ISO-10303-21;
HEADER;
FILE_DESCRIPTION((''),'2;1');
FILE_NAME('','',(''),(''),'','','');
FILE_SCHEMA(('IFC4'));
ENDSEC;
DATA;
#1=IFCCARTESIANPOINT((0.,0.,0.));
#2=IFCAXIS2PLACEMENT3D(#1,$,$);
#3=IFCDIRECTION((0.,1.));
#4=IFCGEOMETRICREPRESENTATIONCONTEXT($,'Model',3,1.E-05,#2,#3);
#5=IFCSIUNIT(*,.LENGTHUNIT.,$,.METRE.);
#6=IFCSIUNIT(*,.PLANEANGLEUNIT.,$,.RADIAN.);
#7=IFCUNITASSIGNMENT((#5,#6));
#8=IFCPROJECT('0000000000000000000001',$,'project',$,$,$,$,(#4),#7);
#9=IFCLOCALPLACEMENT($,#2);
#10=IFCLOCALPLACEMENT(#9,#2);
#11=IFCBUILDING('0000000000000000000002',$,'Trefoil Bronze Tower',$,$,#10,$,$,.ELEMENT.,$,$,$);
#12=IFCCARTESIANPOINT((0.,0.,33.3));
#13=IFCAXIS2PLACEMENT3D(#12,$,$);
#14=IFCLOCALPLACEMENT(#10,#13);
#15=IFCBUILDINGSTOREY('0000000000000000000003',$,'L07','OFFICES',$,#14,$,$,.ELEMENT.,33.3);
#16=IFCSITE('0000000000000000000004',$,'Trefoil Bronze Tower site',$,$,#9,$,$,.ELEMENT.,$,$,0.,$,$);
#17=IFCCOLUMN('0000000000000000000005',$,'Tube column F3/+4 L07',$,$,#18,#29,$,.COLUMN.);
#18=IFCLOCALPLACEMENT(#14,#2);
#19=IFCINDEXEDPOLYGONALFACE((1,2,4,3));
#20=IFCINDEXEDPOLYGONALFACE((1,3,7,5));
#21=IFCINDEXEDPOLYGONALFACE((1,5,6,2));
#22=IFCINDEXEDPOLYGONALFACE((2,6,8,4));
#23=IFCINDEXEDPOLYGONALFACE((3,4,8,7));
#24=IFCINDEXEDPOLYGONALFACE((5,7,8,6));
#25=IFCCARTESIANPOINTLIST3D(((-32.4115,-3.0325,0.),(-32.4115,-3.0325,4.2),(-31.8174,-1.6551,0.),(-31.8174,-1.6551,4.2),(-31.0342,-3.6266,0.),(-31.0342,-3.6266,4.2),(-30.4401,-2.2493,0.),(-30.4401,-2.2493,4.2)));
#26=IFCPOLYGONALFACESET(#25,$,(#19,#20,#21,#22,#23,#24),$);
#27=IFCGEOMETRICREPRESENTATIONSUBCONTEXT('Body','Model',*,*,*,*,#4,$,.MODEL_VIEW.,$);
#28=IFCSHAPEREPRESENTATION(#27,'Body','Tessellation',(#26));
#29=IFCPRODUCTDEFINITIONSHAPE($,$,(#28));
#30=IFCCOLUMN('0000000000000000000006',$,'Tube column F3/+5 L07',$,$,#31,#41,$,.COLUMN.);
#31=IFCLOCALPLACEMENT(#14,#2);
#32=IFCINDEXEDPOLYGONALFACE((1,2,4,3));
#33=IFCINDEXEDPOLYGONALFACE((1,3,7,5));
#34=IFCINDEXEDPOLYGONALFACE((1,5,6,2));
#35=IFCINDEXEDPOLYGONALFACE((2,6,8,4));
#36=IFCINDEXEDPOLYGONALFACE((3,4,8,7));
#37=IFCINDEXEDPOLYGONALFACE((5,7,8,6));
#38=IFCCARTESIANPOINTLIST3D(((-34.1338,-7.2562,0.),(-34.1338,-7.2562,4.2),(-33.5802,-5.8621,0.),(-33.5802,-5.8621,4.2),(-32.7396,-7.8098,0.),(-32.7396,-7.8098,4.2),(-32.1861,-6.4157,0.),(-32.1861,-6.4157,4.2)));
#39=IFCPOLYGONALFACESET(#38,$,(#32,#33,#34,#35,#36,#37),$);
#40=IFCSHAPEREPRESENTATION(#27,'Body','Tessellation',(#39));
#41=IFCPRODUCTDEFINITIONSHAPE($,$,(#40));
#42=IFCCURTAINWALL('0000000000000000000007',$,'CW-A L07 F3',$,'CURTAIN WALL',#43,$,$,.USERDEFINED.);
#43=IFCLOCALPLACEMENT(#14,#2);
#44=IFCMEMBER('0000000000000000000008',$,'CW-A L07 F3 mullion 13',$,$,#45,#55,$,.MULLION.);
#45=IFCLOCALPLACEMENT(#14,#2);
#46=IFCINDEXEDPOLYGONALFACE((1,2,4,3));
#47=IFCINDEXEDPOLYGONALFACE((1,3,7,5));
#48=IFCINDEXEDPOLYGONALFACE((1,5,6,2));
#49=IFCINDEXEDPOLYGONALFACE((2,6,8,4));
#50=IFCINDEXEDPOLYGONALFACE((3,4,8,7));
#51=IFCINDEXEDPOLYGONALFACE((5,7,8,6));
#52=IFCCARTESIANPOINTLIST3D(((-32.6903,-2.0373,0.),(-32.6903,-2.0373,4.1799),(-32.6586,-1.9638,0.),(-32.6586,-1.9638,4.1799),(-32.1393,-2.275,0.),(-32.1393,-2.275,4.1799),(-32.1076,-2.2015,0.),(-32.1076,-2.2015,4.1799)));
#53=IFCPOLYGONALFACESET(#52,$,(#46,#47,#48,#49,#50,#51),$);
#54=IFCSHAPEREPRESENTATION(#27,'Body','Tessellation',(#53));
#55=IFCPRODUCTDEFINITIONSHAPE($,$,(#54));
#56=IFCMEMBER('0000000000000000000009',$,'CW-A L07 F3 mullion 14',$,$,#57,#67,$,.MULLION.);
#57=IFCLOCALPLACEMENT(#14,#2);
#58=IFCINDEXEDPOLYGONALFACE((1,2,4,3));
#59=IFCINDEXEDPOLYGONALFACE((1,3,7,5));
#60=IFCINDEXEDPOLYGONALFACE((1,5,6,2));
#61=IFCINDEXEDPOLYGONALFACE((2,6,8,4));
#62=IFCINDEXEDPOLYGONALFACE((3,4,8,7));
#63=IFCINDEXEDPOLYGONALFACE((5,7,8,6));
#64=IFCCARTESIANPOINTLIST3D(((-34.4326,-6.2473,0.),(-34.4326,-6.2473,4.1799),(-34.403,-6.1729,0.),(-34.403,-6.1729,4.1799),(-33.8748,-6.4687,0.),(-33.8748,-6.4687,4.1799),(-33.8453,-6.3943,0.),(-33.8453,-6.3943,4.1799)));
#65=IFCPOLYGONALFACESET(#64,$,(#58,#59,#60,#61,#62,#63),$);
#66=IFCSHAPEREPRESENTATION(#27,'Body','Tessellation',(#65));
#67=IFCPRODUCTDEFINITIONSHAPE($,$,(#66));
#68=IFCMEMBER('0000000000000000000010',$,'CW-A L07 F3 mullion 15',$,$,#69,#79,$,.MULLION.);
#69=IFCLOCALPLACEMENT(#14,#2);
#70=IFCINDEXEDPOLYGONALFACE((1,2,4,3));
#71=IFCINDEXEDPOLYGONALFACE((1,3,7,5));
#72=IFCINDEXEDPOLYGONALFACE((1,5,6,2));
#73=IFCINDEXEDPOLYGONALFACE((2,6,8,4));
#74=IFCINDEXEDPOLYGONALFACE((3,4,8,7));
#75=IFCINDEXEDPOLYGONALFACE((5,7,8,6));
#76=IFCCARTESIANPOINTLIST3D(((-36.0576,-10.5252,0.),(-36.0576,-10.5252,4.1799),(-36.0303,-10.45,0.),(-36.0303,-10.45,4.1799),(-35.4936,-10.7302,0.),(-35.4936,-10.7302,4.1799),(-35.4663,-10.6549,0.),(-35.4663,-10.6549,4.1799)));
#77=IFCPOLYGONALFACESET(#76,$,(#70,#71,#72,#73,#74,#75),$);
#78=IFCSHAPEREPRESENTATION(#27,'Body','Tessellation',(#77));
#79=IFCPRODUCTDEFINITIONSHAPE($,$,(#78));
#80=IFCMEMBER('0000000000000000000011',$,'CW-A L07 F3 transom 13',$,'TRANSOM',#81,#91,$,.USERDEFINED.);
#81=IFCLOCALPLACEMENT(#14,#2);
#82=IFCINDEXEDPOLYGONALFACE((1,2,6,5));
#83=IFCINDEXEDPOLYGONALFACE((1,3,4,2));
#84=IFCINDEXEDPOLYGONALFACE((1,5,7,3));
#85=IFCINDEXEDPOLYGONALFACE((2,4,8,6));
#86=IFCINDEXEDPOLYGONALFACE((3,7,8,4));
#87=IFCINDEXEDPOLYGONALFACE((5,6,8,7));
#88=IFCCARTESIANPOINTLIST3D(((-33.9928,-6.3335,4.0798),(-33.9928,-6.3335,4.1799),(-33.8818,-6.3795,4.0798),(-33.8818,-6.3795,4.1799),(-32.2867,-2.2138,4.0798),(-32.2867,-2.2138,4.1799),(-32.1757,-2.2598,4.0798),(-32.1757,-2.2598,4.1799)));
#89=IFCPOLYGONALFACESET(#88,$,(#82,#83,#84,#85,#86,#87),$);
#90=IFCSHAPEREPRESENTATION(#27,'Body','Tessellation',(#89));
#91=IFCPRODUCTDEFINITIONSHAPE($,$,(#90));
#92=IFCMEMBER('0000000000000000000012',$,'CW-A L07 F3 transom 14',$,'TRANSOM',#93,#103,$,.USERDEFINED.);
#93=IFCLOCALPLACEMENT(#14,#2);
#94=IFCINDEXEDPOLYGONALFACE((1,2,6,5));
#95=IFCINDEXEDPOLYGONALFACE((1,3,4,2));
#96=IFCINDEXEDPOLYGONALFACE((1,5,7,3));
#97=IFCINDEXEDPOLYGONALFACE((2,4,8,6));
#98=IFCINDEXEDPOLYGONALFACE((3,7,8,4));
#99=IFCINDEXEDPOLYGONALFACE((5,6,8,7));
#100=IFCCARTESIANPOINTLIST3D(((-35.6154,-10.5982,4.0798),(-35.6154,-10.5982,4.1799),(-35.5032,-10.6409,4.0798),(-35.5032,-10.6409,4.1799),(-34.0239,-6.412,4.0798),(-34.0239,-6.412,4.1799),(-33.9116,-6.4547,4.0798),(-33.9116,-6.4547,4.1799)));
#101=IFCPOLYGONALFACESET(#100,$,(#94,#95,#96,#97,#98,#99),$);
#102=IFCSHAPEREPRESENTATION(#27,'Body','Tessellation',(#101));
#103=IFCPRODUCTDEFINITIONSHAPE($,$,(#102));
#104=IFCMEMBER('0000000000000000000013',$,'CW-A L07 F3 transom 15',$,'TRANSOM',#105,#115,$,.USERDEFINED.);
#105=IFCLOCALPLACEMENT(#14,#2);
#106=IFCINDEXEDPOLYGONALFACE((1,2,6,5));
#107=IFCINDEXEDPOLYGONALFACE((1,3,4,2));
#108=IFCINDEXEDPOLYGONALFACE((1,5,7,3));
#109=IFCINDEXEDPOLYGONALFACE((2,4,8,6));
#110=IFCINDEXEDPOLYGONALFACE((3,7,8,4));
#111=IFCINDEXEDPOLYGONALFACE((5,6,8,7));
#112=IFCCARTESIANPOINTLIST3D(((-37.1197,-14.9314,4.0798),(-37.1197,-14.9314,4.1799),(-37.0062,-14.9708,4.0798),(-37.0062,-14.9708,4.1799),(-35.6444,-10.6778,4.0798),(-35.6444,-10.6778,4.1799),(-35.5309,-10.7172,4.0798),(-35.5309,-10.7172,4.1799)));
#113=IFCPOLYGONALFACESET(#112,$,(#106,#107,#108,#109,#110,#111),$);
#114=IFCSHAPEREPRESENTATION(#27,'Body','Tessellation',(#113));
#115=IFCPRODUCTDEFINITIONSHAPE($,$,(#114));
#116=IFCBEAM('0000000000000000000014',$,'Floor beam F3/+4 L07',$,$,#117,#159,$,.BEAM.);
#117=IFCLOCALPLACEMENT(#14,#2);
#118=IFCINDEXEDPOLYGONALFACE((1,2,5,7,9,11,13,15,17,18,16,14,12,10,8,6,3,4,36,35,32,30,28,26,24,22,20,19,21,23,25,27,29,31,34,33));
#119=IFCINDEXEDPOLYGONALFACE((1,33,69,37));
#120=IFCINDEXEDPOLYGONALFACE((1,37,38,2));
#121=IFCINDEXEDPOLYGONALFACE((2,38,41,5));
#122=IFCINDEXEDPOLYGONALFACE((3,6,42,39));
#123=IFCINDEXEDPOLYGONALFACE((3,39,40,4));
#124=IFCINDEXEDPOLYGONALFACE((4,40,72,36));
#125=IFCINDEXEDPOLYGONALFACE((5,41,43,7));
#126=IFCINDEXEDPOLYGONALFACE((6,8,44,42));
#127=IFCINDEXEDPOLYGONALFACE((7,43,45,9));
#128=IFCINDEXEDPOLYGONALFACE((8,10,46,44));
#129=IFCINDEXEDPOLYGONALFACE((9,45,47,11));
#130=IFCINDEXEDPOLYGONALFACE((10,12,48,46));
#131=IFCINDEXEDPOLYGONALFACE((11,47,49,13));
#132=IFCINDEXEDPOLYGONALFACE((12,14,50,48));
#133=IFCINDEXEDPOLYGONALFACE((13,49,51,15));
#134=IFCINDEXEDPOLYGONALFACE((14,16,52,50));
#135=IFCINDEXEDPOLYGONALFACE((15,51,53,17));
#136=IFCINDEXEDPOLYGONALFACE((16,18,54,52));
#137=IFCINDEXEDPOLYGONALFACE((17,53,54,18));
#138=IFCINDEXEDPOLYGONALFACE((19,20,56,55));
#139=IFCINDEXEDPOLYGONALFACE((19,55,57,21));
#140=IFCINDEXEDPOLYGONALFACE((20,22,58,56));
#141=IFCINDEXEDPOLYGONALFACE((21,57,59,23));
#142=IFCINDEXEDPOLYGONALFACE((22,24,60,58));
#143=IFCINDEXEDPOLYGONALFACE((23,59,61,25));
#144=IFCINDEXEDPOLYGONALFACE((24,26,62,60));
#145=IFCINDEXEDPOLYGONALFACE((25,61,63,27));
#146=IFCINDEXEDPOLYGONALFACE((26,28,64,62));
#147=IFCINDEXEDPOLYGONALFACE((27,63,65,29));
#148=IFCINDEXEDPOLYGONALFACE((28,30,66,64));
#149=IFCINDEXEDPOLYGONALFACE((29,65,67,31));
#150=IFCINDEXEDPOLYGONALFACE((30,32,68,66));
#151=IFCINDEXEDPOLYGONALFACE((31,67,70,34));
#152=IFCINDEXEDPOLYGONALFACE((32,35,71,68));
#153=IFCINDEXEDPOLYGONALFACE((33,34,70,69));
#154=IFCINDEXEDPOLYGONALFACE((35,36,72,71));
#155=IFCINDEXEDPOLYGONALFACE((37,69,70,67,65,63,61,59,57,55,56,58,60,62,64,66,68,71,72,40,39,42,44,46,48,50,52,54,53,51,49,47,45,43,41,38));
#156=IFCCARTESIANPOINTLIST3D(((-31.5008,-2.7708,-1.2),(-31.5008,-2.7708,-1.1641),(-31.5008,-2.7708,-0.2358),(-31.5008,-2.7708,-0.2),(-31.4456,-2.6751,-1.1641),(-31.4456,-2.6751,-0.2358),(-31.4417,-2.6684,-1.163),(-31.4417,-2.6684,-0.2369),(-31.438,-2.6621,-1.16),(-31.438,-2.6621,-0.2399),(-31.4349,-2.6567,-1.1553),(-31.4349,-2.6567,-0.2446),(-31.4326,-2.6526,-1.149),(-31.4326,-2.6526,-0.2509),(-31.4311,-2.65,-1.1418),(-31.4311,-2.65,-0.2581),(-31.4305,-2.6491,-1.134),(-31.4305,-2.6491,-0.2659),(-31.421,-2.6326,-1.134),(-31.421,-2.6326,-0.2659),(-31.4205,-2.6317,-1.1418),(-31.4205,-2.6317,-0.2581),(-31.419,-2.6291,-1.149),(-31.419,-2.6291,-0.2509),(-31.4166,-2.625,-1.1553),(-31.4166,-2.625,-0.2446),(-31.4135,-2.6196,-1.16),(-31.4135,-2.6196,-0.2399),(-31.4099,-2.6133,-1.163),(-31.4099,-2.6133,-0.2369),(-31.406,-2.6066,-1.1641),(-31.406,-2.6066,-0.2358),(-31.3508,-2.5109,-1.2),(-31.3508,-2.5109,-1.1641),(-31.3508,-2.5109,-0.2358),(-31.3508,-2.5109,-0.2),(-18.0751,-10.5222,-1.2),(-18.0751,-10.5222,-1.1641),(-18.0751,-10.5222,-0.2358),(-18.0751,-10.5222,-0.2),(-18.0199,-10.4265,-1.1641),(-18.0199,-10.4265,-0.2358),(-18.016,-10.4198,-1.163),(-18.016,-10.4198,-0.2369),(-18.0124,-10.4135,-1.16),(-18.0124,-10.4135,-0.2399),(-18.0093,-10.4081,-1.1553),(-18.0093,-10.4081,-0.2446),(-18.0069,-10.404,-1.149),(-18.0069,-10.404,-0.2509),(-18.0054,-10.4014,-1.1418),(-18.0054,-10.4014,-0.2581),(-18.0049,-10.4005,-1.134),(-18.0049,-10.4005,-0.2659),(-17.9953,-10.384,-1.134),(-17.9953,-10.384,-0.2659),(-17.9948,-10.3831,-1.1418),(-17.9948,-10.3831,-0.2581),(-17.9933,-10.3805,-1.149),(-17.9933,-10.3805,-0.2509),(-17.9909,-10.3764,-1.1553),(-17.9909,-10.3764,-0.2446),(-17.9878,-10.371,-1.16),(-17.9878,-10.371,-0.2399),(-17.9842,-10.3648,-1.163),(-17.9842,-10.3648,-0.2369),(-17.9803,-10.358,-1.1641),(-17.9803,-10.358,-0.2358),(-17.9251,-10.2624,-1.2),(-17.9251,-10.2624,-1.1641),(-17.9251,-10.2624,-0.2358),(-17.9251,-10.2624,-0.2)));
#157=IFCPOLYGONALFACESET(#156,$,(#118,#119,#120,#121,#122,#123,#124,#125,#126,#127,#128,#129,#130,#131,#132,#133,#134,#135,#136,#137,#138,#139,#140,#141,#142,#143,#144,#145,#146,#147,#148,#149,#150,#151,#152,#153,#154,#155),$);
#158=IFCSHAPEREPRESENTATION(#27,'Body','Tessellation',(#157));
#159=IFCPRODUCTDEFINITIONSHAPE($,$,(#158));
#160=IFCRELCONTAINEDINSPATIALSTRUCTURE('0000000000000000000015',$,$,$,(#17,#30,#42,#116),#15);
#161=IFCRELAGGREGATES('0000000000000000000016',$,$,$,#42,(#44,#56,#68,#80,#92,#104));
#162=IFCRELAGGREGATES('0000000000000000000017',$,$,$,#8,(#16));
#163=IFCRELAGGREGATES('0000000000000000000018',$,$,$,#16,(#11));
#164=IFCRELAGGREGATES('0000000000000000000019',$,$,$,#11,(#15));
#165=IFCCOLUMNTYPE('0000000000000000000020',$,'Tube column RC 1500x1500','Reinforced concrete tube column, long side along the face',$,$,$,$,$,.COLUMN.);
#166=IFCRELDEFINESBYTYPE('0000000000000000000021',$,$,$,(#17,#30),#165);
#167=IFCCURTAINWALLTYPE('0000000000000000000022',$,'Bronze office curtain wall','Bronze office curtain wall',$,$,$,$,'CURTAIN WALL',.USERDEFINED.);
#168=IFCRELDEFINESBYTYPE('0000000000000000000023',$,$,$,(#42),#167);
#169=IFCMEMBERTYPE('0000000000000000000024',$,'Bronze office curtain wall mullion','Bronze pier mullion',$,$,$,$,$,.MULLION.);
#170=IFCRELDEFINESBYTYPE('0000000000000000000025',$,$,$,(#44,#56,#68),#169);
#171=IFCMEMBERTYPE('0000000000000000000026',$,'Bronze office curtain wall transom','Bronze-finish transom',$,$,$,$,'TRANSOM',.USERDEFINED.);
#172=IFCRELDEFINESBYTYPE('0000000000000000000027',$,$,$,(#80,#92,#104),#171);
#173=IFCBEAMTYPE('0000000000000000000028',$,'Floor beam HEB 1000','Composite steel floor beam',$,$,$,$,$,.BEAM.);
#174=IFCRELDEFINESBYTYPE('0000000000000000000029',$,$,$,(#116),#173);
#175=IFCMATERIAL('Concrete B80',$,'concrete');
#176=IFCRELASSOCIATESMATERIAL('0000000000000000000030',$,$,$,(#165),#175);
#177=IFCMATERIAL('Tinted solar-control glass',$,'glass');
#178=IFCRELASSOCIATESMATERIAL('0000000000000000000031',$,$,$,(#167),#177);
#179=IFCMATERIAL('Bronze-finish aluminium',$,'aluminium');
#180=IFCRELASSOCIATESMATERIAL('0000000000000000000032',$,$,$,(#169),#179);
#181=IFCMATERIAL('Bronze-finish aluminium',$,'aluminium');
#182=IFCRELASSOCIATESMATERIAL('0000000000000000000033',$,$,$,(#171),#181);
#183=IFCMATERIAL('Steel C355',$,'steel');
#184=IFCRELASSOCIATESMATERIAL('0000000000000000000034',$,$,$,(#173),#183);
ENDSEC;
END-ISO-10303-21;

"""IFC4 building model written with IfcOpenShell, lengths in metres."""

from ifc_helpers import new_model, si_unit, direction, frame, origin, origin_2d, place, context, subcontext, project, spatial, rectangle, i_section, extrude, material, material_profile, profile_set, type_object, element, aggregate, save


model = new_model("IFC4")

# Units and contexts
model_context = context("Model", 3, precision=1e-05, world=origin(), true_north=direction((0.0, 1.0)))
body_context = subcontext(model_context, "Body", "Model", "MODEL_VIEW")
ifc_project = project(units=[si_unit("LENGTHUNIT", "METRE"), si_unit("PLANEANGLEUNIT", "RADIAN")], contexts=[model_context])

# Site, building, storey
site_placement = place(None, origin())
site = spatial("IfcSite", under=ifc_project, at=site_placement, Name="Trefoil Bronze Tower site", CompositionType="ELEMENT", RefElevation=0.0)
building_placement = place(site_placement, origin())
building = spatial("IfcBuilding", under=site, at=building_placement, Name="Trefoil Bronze Tower", CompositionType="ELEMENT")
storey_placement = place(building_placement, frame((0.0, 0.0, 33.3)))
storey = spatial("IfcBuildingStorey", under=building, at=storey_placement, Name="L07", Description="OFFICES", CompositionType="ELEMENT", Elevation=33.3)

# Columns
ifc_material_1 = material(Name="Concrete B80", Category="concrete")
ifc_material_profile_1 = material_profile(ifc_material_1, rectangle(XDim=1.5, YDim=1.5, at=origin_2d()), Name="RC 1500x1500")
ifc_profile_set_1 = profile_set([ifc_material_profile_1], Name="Concrete B80")
column_type = type_object("IfcColumnType", Name="Tube column RC 1500x1500", Description="Reinforced concrete tube column, long side along the face", PredefinedType="COLUMN", material=ifc_profile_set_1)
for number, where, z_axis, x_axis, name in (
    (1, (-31.4258, -2.6409, 0.0), (0.0, 0.0, 1.0), (-0.396085, -0.918214, 0.0), "Tube column F3/+4 L07"),
    (2, (-33.1599, -6.8359, 0.0), (0.0, 0.0, 1.0), (-0.36904, -0.929414, 0.0), "Tube column F3/+5 L07"),
):
    element("IfcColumn", number, at=place(storey_placement, frame(where, z_axis=z_axis, x_axis=x_axis)), inside=storey, type_object=column_type, Name=name, PredefinedType="COLUMN", context=body_context, shape_type="SweptSolid", body=[
        extrude(rectangle(XDim=1.5, YDim=1.5, at=origin_2d()), origin(), (0.0, 0.0, 1.0), 4.2),
    ])

# Curtain wall, members
ifc_material_2 = material(Name="Tinted solar-control glass", Category="glass")
curtain_wall_type = type_object("IfcCurtainWallType", Name="Bronze office curtain wall", Description="Bronze office curtain wall", ElementType="CURTAIN WALL", PredefinedType="USERDEFINED", material=ifc_material_2)
curtain_wall_placement = place(storey_placement, origin())
curtain_wall = element("IfcCurtainWall", 3, at=curtain_wall_placement, inside=storey, type_object=curtain_wall_type, Name="CW-A L07 F3", ObjectType="CURTAIN WALL", PredefinedType="USERDEFINED")
ifc_material_3 = material(Name="Bronze-finish aluminium", Category="aluminium")
ifc_material_profile_2 = material_profile(ifc_material_3, rectangle(XDim=0.6001, YDim=0.0801, at=origin_2d()), Name="CW-A mullion")
ifc_profile_set_2 = profile_set([ifc_material_profile_2], Name="Bronze-finish aluminium")
member_type_1 = type_object("IfcMemberType", Name="Bronze office curtain wall mullion", Description="Bronze pier mullion", PredefinedType="MULLION", material=ifc_profile_set_2)
member_1_placement = place(storey_placement, frame((-32.3989, -2.1194, 0.0), z_axis=(0.0, 0.0, 1.0), x_axis=(0.918214, -0.396085, 0.0)))
member_1 = element("IfcMember", 4, at=member_1_placement, type_object=member_type_1, Name="CW-A L07 F3 mullion 13", PredefinedType="MULLION", context=body_context, shape_type="SweptSolid", body=[
    extrude(rectangle(XDim=0.6001, YDim=0.0801, at=origin_2d()), origin(), (0.0, 0.0, 1.0), 4.1799),
])
member_2_placement = place(storey_placement, frame((-34.1389, -6.3208, 0.0), z_axis=(0.0, 0.0, 1.0), x_axis=(0.929414, -0.36904, 0.0)))
member_2 = element("IfcMember", 5, at=member_2_placement, type_object=member_type_1, Name="CW-A L07 F3 mullion 14", PredefinedType="MULLION", context=body_context, shape_type="SweptSolid", body=[
    extrude(rectangle(XDim=0.6001, YDim=0.0801, at=origin_2d()), origin(), (0.0, 0.0, 1.0), 4.1799),
])
member_3_placement = place(storey_placement, frame((-35.762, -10.5901, 0.0), z_axis=(0.0, 0.0, 1.0), x_axis=(0.93986, -0.341559, 0.0)))
member_3 = element("IfcMember", 6, at=member_3_placement, type_object=member_type_1, Name="CW-A L07 F3 mullion 15", PredefinedType="MULLION", context=body_context, shape_type="SweptSolid", body=[
    extrude(rectangle(XDim=0.6001, YDim=0.0801, at=origin_2d()), origin(), (0.0, 0.0, 1.0), 4.1799),
])
ifc_material_4 = material(Name="Bronze-finish aluminium", Category="aluminium")
ifc_material_profile_3 = material_profile(ifc_material_4, rectangle(XDim=0.1201, YDim=0.1001, at=origin_2d()), Name="CW-A transom")
ifc_profile_set_3 = profile_set([ifc_material_profile_3], Name="Bronze-finish aluminium")
member_type_2 = type_object("IfcMemberType", Name="Bronze office curtain wall transom", Description="Bronze-finish transom", ElementType="TRANSOM", PredefinedType="USERDEFINED", material=ifc_profile_set_3)
member_4_placement = place(storey_placement, frame((-32.2312, -2.2368, 4.1299), z_axis=(-0.382616, -0.923907, 0.0), x_axis=(0.923907, -0.382616, 0.0)))
member_4 = element("IfcMember", 7, at=member_4_placement, type_object=member_type_2, Name="CW-A L07 F3 transom 13", ObjectType="TRANSOM", PredefinedType="USERDEFINED", context=body_context, shape_type="SweptSolid", body=[
    extrude(rectangle(XDim=0.1201, YDim=0.1001, at=origin_2d()), origin(), (0.0, 0.0, 1.0), 4.459),
])
member_5_placement = place(storey_placement, frame((-33.9678, -6.4333, 4.1299), z_axis=(-0.355367, -0.934727, 0.0), x_axis=(0.934727, -0.355367, 0.0)))
member_5 = element("IfcMember", 8, at=member_5_placement, type_object=member_type_2, Name="CW-A L07 F3 transom 14", ObjectType="TRANSOM", PredefinedType="USERDEFINED", context=body_context, shape_type="SweptSolid", body=[
    extrude(rectangle(XDim=0.1201, YDim=0.1001, at=origin_2d()), origin(), (0.0, 0.0, 1.0), 4.4785),
])
member_6_placement = place(storey_placement, frame((-35.5876, -10.6975, 4.1299), z_axis=(-0.32769, -0.944785, 0.0), x_axis=(0.944785, -0.32769, 0.0)))
member_6 = element("IfcMember", 9, at=member_6_placement, type_object=member_type_2, Name="CW-A L07 F3 transom 15", ObjectType="TRANSOM", PredefinedType="USERDEFINED", context=body_context, shape_type="SweptSolid", body=[
    extrude(rectangle(XDim=0.1201, YDim=0.1001, at=origin_2d()), origin(), (0.0, 0.0, 1.0), 4.5022),
])

# Beam
ifc_material_5 = material(Name="Steel C355", Category="steel")
ifc_material_profile_4 = material_profile(ifc_material_5, i_section(OverallWidth=0.3, OverallDepth=1.0, WebThickness=0.019, FlangeThickness=0.0359, FilletRadius=0.03, at=origin_2d()), Name="HEB 1000")
ifc_profile_set_4 = profile_set([ifc_material_profile_4], Name="Steel C355")
beam_type_1 = type_object("IfcBeamType", Name="Floor beam HEB 1000", Description="Composite steel floor beam", PredefinedType="BEAM", material=ifc_profile_set_4)
beam_1_placement = place(storey_placement, frame((-31.4258, -2.6409, -0.7), z_axis=(0.866023, -0.500004, 0.0), x_axis=(0.500004, 0.866023, 0.0)))
element("IfcBeam", 10, at=beam_1_placement, inside=storey, type_object=beam_type_1, Name="Floor beam F3/+4 L07", PredefinedType="BEAM", context=body_context, shape_type="SweptSolid", body=[
    extrude(i_section(OverallWidth=0.3, OverallDepth=1.0, WebThickness=0.019, FlangeThickness=0.0359, FilletRadius=0.03, at=origin_2d()), origin(), (0.0, 0.0, 1.0), 15.5027),
])

aggregate(curtain_wall, [member_1, member_2, member_3, member_4, member_5, member_6])

save(model, "model.ifc")
